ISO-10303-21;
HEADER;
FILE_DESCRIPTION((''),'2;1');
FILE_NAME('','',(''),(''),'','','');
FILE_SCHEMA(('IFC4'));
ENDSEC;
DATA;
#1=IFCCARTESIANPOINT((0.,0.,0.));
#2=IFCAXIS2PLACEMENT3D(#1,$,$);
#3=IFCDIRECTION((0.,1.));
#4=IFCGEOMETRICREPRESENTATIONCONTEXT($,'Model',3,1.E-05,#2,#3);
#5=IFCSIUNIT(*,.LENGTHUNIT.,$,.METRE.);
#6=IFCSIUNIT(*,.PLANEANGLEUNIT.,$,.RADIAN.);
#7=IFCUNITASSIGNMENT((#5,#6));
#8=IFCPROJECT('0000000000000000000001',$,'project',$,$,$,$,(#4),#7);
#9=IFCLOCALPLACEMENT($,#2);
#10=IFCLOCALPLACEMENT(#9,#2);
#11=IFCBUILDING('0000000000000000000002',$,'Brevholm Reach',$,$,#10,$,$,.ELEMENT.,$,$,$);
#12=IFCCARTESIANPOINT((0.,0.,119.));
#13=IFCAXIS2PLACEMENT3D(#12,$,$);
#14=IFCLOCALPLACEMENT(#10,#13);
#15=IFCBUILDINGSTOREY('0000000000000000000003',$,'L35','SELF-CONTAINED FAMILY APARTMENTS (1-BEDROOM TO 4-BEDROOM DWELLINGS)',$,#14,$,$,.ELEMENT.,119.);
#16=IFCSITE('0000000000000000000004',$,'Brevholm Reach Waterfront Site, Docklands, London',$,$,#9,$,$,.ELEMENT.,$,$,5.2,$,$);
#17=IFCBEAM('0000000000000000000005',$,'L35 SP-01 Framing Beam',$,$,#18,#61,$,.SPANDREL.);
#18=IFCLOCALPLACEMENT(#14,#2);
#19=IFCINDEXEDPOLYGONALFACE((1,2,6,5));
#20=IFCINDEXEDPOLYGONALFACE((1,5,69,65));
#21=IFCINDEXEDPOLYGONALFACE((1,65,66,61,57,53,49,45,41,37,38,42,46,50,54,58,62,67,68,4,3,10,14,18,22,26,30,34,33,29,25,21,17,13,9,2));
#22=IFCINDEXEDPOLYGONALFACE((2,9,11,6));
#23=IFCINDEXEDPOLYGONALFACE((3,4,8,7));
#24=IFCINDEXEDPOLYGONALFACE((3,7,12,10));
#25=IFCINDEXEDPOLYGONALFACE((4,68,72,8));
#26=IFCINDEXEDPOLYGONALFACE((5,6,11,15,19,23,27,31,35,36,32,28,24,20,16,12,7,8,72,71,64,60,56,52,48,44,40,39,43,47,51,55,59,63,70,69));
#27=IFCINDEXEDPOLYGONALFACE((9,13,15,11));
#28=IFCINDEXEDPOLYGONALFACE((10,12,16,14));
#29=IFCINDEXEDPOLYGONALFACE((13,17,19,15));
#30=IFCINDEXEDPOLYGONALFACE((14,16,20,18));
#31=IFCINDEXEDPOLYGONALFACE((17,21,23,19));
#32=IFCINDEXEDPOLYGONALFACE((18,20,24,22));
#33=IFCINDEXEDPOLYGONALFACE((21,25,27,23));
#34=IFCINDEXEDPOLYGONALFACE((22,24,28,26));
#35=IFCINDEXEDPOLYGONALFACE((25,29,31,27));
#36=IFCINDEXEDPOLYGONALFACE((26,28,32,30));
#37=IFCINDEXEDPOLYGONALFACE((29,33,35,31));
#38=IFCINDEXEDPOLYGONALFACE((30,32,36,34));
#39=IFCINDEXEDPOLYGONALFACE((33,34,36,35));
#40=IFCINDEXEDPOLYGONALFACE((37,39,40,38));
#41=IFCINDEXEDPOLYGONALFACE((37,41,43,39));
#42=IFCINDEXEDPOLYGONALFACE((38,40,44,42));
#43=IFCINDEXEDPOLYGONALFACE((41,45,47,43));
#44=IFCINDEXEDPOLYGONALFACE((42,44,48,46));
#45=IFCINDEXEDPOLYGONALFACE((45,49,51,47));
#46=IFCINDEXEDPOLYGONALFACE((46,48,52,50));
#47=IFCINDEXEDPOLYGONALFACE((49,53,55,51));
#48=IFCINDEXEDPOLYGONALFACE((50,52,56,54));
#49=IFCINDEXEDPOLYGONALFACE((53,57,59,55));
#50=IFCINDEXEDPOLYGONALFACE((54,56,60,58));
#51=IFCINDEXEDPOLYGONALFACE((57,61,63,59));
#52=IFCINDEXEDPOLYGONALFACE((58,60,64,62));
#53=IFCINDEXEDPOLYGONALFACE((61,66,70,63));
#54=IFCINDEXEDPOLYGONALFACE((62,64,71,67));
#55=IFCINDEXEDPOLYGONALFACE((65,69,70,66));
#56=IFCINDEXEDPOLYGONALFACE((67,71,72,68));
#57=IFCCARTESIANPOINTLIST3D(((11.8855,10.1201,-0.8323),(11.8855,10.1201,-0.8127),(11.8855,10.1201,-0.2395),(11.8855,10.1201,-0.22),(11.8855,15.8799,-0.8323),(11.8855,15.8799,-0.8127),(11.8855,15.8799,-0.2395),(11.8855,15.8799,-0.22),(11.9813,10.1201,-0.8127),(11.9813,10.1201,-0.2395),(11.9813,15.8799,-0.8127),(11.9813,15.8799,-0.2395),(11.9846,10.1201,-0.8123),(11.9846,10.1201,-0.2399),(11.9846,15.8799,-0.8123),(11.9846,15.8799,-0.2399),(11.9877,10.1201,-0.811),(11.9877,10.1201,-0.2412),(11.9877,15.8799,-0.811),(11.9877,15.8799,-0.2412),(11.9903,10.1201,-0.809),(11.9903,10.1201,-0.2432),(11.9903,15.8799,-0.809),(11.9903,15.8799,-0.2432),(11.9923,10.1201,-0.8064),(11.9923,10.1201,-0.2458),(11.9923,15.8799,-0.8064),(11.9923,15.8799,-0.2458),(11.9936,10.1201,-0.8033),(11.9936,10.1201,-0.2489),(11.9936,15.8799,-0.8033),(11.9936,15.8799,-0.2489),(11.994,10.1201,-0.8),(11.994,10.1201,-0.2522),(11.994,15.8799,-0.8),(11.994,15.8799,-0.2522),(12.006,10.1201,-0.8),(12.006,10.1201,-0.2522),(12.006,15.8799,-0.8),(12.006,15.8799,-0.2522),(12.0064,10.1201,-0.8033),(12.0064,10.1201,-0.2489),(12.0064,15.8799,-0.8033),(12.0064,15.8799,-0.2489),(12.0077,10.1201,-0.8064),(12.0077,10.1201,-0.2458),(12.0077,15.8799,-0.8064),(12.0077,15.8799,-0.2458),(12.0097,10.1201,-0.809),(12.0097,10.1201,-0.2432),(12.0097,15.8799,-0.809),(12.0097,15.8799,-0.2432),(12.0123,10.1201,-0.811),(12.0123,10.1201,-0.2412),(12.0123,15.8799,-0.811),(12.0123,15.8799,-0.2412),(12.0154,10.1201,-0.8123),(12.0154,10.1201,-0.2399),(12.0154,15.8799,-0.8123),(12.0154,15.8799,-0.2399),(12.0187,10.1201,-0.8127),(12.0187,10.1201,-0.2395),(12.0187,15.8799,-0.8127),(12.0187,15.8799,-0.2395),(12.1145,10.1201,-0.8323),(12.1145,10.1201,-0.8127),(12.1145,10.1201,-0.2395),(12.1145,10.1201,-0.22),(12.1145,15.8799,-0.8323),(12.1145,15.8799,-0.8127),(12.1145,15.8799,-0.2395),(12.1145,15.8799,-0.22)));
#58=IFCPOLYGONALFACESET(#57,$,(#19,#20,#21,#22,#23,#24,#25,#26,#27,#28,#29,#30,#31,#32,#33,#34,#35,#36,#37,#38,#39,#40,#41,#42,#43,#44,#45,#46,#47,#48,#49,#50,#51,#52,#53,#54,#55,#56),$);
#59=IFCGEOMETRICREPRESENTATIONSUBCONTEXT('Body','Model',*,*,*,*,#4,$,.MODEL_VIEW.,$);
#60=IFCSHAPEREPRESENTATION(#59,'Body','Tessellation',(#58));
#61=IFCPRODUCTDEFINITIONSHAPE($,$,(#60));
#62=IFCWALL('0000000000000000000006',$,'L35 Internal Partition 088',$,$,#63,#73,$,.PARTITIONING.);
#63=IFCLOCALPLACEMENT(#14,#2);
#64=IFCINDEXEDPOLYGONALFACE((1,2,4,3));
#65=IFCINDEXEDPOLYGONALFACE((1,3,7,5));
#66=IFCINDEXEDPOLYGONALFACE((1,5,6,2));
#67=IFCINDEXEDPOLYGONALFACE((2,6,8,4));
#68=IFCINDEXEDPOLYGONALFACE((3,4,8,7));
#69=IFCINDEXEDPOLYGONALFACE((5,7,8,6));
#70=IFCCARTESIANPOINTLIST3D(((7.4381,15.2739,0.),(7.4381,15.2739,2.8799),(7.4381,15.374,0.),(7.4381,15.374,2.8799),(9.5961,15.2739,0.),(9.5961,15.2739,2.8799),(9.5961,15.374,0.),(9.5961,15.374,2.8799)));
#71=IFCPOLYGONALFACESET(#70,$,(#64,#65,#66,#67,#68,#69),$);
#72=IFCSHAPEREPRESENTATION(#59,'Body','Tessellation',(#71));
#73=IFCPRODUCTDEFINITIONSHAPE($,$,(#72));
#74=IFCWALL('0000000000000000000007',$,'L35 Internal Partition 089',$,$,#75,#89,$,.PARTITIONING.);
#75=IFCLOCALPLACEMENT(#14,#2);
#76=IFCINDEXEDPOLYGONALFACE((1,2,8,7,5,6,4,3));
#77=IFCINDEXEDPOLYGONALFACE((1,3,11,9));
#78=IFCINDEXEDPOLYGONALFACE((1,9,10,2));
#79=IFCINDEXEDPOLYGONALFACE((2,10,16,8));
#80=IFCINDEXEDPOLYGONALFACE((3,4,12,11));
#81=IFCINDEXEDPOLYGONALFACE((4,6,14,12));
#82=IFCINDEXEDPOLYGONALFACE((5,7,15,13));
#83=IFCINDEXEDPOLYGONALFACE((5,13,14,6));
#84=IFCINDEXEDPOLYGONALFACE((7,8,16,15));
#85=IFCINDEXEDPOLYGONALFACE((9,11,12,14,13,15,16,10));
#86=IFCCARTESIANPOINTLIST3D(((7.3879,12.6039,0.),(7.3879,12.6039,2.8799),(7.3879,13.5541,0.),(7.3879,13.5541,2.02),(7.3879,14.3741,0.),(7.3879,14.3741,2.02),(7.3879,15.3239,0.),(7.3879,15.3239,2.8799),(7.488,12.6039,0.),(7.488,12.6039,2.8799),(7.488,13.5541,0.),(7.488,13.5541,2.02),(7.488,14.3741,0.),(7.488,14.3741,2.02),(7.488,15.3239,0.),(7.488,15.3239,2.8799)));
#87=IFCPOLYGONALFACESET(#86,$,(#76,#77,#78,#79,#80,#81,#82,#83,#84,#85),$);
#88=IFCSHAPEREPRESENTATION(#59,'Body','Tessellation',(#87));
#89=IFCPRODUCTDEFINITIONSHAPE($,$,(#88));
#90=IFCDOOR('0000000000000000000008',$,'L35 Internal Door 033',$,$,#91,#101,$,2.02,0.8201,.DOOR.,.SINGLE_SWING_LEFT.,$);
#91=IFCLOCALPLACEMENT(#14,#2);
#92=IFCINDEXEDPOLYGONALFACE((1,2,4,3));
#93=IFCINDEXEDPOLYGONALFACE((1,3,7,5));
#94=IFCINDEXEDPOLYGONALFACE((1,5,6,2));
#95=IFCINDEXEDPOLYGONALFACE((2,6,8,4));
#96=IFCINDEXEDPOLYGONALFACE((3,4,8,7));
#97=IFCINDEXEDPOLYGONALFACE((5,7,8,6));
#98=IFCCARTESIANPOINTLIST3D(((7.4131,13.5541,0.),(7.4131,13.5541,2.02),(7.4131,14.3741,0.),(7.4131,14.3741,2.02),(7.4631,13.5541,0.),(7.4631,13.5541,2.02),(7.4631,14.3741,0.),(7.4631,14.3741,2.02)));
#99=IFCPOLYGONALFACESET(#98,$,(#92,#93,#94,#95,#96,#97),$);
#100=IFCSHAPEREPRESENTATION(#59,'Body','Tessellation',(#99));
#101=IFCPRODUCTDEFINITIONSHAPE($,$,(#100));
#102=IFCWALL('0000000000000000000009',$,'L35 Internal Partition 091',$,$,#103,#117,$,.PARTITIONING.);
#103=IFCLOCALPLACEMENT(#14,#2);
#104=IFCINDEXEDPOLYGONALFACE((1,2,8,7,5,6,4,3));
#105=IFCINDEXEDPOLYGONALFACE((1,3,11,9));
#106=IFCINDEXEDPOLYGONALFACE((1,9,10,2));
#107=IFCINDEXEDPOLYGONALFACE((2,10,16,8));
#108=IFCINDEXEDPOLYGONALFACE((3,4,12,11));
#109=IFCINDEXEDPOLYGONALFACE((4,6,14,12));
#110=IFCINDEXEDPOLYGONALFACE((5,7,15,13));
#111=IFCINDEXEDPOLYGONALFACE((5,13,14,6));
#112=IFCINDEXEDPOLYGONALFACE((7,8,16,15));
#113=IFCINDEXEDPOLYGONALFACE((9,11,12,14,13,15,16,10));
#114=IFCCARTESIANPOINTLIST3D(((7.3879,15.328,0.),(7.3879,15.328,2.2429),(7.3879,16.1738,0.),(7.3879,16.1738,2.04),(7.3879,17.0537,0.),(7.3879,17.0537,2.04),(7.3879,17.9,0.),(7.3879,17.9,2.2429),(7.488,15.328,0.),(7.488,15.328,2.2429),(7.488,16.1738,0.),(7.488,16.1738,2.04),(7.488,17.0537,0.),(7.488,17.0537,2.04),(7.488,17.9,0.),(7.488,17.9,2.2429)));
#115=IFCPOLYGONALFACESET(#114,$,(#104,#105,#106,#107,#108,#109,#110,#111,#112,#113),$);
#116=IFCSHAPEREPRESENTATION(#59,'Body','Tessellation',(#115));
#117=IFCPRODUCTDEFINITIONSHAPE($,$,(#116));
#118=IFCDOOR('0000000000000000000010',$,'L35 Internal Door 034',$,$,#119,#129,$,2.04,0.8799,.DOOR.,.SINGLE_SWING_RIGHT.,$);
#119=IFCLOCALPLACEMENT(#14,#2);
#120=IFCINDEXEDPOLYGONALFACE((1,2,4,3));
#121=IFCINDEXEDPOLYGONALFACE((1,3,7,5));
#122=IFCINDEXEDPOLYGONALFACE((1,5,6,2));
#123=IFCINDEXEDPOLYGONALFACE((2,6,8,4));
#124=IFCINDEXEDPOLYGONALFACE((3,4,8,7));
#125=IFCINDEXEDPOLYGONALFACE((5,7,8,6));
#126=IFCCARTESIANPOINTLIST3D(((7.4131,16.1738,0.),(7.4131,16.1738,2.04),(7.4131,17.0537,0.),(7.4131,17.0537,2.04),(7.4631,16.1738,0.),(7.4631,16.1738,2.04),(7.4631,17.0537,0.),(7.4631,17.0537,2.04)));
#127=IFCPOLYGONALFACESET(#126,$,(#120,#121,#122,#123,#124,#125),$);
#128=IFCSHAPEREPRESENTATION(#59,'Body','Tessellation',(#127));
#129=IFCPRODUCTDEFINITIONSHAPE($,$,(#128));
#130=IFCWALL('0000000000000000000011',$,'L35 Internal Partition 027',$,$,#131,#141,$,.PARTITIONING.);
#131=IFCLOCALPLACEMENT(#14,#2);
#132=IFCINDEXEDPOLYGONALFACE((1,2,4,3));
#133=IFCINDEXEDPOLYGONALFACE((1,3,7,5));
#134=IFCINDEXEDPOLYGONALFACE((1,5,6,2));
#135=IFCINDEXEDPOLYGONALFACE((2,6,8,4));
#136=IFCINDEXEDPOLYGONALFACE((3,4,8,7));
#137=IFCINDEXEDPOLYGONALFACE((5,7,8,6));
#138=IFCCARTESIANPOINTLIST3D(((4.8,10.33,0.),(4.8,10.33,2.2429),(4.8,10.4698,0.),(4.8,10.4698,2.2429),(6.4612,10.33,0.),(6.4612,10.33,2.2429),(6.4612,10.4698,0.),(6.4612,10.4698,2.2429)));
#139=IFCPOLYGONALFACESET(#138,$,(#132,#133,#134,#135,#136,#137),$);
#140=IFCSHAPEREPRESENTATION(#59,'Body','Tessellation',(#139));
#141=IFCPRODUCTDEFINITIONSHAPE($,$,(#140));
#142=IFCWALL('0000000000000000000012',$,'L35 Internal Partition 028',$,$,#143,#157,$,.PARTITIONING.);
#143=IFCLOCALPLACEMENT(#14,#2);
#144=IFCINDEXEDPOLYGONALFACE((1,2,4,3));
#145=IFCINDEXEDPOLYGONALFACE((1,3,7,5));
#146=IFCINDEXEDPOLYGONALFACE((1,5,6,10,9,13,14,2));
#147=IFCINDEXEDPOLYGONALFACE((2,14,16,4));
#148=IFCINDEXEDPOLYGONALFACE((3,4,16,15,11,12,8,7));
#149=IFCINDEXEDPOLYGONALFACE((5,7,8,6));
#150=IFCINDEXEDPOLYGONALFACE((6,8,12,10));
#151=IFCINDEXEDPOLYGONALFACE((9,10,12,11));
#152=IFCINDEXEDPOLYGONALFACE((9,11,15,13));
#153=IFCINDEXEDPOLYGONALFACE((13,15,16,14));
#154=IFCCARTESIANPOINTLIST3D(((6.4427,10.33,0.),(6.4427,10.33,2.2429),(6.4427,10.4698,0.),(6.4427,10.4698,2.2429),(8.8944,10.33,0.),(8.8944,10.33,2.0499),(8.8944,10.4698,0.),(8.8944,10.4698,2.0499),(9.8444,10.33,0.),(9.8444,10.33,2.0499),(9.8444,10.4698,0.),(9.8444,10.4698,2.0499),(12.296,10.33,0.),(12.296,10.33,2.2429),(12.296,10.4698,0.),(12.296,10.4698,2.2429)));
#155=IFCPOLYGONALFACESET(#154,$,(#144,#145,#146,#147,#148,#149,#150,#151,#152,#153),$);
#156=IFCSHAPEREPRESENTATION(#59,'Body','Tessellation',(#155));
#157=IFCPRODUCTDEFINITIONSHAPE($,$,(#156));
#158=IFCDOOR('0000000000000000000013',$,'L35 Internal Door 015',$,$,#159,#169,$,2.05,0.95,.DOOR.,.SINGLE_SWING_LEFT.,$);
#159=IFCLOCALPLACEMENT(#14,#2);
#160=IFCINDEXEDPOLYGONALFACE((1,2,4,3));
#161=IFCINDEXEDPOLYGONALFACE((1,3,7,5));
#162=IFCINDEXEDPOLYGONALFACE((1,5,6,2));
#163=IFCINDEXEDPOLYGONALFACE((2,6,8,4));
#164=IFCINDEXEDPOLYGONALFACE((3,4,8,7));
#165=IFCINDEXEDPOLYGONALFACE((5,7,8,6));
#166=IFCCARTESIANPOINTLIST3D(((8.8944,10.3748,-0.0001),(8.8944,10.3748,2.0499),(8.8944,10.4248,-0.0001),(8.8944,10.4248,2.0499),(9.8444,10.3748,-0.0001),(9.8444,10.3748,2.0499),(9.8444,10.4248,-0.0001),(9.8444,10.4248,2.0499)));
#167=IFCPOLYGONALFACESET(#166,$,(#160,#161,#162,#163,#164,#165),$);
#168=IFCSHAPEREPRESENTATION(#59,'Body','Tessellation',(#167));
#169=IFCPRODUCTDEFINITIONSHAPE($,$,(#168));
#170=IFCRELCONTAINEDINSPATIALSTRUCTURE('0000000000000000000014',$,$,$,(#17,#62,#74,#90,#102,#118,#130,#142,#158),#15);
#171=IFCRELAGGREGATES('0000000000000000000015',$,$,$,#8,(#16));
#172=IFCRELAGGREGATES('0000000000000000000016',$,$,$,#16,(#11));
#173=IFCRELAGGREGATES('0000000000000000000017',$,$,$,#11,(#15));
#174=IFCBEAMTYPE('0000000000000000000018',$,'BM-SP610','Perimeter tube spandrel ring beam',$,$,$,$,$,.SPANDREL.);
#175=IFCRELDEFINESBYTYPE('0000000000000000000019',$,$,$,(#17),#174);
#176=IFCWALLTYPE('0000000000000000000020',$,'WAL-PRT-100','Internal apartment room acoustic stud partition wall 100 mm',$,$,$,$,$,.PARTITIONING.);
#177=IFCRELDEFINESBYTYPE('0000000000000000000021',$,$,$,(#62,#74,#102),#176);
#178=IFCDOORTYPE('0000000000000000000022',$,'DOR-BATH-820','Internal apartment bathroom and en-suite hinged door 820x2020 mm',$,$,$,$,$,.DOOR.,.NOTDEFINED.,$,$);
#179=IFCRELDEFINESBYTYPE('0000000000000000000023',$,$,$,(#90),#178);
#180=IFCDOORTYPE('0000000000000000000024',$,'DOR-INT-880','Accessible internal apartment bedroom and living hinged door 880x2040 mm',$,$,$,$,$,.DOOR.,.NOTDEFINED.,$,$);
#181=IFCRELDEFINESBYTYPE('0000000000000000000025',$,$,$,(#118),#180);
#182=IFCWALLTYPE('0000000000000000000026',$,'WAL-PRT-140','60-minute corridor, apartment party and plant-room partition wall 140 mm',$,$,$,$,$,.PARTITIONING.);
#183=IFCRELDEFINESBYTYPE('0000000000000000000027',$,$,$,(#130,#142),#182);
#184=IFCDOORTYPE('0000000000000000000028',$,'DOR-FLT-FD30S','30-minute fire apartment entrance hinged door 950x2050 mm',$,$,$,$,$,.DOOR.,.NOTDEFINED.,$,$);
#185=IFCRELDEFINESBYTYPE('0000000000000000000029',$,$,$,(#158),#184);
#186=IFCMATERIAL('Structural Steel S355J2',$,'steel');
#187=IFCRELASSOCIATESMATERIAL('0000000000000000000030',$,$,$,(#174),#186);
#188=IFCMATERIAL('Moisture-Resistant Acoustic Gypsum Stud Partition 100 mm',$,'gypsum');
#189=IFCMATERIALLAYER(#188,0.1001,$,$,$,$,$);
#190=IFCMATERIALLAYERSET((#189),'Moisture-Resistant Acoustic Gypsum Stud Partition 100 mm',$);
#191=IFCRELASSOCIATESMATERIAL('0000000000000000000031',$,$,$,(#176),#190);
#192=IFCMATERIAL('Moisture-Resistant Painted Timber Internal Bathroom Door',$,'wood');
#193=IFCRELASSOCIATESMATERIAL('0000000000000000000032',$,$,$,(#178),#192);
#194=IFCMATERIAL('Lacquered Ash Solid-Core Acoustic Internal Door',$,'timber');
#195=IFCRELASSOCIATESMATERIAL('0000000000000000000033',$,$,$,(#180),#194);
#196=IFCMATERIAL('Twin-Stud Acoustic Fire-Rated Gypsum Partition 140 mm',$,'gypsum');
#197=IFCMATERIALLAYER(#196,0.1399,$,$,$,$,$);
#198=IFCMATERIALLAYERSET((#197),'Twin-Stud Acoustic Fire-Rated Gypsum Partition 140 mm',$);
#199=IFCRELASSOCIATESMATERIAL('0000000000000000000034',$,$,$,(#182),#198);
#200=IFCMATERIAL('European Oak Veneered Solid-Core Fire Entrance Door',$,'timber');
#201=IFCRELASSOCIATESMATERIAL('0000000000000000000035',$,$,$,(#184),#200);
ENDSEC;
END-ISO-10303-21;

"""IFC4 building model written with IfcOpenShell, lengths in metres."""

from ifc_helpers import new_model, si_unit, direction, frame, frame_2d, origin, origin_2d, place, context, subcontext, project, spatial, rectangle, i_section, extrude, material, layer, layer_set, material_profile, profile_set, type_object, element, fill, save


model = new_model("IFC4")

# Units and contexts
model_context = context("Model", 3, precision=1e-05, world=origin(), true_north=direction((0.0, 1.0)))
body_context = subcontext(model_context, "Body", "Model", "MODEL_VIEW")
ifc_project = project(units=[si_unit("LENGTHUNIT", "METRE"), si_unit("PLANEANGLEUNIT", "RADIAN")], contexts=[model_context])

# Site, building, storey
site_placement = place(None, origin())
site = spatial("IfcSite", under=ifc_project, at=site_placement, Name="Brevholm Reach Waterfront Site, Docklands, London", CompositionType="ELEMENT", RefElevation=5.2)
building_placement = place(site_placement, origin())
building = spatial("IfcBuilding", under=site, at=building_placement, Name="Brevholm Reach", CompositionType="ELEMENT")
storey_placement = place(building_placement, frame((0.0, 0.0, 119.0)))
storey = spatial("IfcBuildingStorey", under=building, at=storey_placement, Name="L35", Description="SELF-CONTAINED FAMILY APARTMENTS (1-BEDROOM TO 4-BEDROOM DWELLINGS)", CompositionType="ELEMENT", Elevation=119.0)

# Beam
ifc_material_1 = material(Name="Structural Steel S355J2", Category="steel")
ifc_material_profile_1 = material_profile(ifc_material_1, i_section(OverallWidth=0.229, OverallDepth=0.6123, WebThickness=0.012, FlangeThickness=0.0195, FilletRadius=0.0127, at=origin_2d()), Name="UKB 610x229x125")
ifc_profile_set_1 = profile_set([ifc_material_profile_1], Name="Structural Steel S355J2")
beam_type = type_object("IfcBeamType", Name="BM-SP610", Description="Perimeter tube spandrel ring beam", PredefinedType="SPANDREL", material=ifc_profile_set_1)
for number, where, z_axis, x_axis, name in (
    (1, (12.0, 10.1201, -0.5261), (0.0, 1.0, 0.0), (-1.0, 0.0, 0.0), "L35 SP-01 Framing Beam"),
):
    element("IfcBeam", number, at=place(storey_placement, frame(where, z_axis=z_axis, x_axis=x_axis)), inside=storey, type_object=beam_type, Name=name, PredefinedType="SPANDREL", context=body_context, shape_type="SweptSolid", body=[
        extrude(i_section(OverallWidth=0.229, OverallDepth=0.6123, WebThickness=0.012, FlangeThickness=0.0195, FilletRadius=0.0127, at=origin_2d()), origin(), (0.0, 0.0, 1.0), 5.7598),
    ])

# Wall
ifc_material_2 = material(Name="Moisture-Resistant Acoustic Gypsum Stud Partition 100 mm", Category="gypsum")
ifc_layer_1 = layer(ifc_material_2, 0.1001)
ifc_layer_set_1 = layer_set([ifc_layer_1], Name="Moisture-Resistant Acoustic Gypsum Stud Partition 100 mm")
wall_type_1 = type_object("IfcWallType", Name="WAL-PRT-100", Description="Internal apartment room acoustic stud partition wall 100 mm", PredefinedType="PARTITIONING", material=ifc_layer_set_1)
wall_1_placement = place(storey_placement, frame((7.438, 15.324, 0.0), z_axis=(0.0, 0.0, 1.0), x_axis=(1.0, 0.0, 0.0)))
element("IfcWall", 2, at=wall_1_placement, inside=storey, type_object=wall_type_1, Name="L35 Internal Partition 088", PredefinedType="PARTITIONING", context=body_context, shape_type="SweptSolid", body=[
    extrude(rectangle(XDim=2.158, YDim=0.1001, at=frame_2d((1.0791, 0.0))), origin(), (0.0, 0.0, 1.0), 2.8799),
])

# Walls, openings, doors
wall_2_placement = place(storey_placement, frame((7.438, 12.604, 0.0), z_axis=(0.0, 0.0, 1.0), x_axis=(0.0, 1.0, 0.0)))
wall_2 = element("IfcWall", 3, at=wall_2_placement, inside=storey, type_object=wall_type_1, Name="L35 Internal Partition 089", PredefinedType="PARTITIONING", context=body_context, shape_type="SweptSolid", body=[
    extrude(rectangle(XDim=2.72, YDim=0.1001, at=frame_2d((1.3599, 0.0))), origin(), (0.0, 0.0, 1.0), 2.8799),
])
opening_1_placement = place(wall_2_placement, frame((0.95, 0.0, 0.0)))
opening_1 = element("IfcOpeningElement", 4, at=opening_1_placement, cuts=wall_2, PredefinedType="OPENING", context=body_context, shape_type="SweptSolid", body=[
    extrude(rectangle(XDim=0.8201, YDim=2.02, at=frame_2d((0.4102, 1.01))), frame((0.0, 0.0601, 0.0), z_axis=(0.0, -1.0, 0.0), x_axis=(1.0, 0.0, 0.0)), (0.0, 0.0, 1.0), 0.1201),
])
ifc_material_3 = material(Name="Moisture-Resistant Painted Timber Internal Bathroom Door", Category="wood")
door_type_1 = type_object("IfcDoorType", Name="DOR-BATH-820", Description="Internal apartment bathroom and en-suite hinged door 820x2020 mm", OperationType="NOTDEFINED", PredefinedType="DOOR", material=ifc_material_3)
door_1_placement = place(opening_1_placement, origin())
door_1 = element("IfcDoor", 5, at=door_1_placement, inside=storey, type_object=door_type_1, Name="L35 Internal Door 033", OperationType="SINGLE_SWING_LEFT", OverallHeight=2.02, OverallWidth=0.8201, PredefinedType="DOOR", context=body_context, shape_type="SweptSolid", body=[
    extrude(rectangle(XDim=0.8201, YDim=2.02, at=frame_2d((0.4102, 1.01))), frame((0.0, 0.0249, 0.0), z_axis=(0.0, -1.0, 0.0), x_axis=(1.0, 0.0, 0.0)), (0.0, 0.0, 1.0), 0.05),
])
fill(opening_1, door_1)
wall_3_placement = place(storey_placement, frame((7.438, 15.3279, 0.0), z_axis=(0.0, 0.0, 1.0), x_axis=(0.0, 1.0, 0.0)))
wall_3 = element("IfcWall", 6, at=wall_3_placement, inside=storey, type_object=wall_type_1, Name="L35 Internal Partition 091", PredefinedType="PARTITIONING", context=body_context, shape_type="SweptSolid", body=[
    extrude(rectangle(XDim=2.572, YDim=0.1001, at=frame_2d((1.2861, 0.0))), origin(), (0.0, 0.0, 1.0), 2.2429),
])
opening_2_placement = place(wall_3_placement, frame((0.8459, 0.0, 0.0)))
opening_2 = element("IfcOpeningElement", 7, at=opening_2_placement, cuts=wall_3, PredefinedType="OPENING", context=body_context, shape_type="SweptSolid", body=[
    extrude(rectangle(XDim=0.8799, YDim=2.04, at=frame_2d((0.4399, 1.02))), frame((0.0, 0.0601, 0.0), z_axis=(0.0, -1.0, 0.0), x_axis=(1.0, 0.0, 0.0)), (0.0, 0.0, 1.0), 0.1201),
])
ifc_material_4 = material(Name="Lacquered Ash Solid-Core Acoustic Internal Door", Category="timber")
door_type_2 = type_object("IfcDoorType", Name="DOR-INT-880", Description="Accessible internal apartment bedroom and living hinged door 880x2040 mm", OperationType="NOTDEFINED", PredefinedType="DOOR", material=ifc_material_4)
door_2_placement = place(opening_2_placement, origin())
door_2 = element("IfcDoor", 8, at=door_2_placement, inside=storey, type_object=door_type_2, Name="L35 Internal Door 034", OperationType="SINGLE_SWING_RIGHT", OverallHeight=2.04, OverallWidth=0.8799, PredefinedType="DOOR", context=body_context, shape_type="SweptSolid", body=[
    extrude(rectangle(XDim=0.8799, YDim=2.04, at=frame_2d((0.4399, 1.02))), frame((0.0, 0.0249, 0.0), z_axis=(0.0, -1.0, 0.0), x_axis=(1.0, 0.0, 0.0)), (0.0, 0.0, 1.0), 0.05),
])
fill(opening_2, door_2)

# Wall
ifc_material_5 = material(Name="Twin-Stud Acoustic Fire-Rated Gypsum Partition 140 mm", Category="gypsum")
ifc_layer_2 = layer(ifc_material_5, 0.1399)
ifc_layer_set_2 = layer_set([ifc_layer_2], Name="Twin-Stud Acoustic Fire-Rated Gypsum Partition 140 mm")
wall_type_2 = type_object("IfcWallType", Name="WAL-PRT-140", Description="60-minute corridor, apartment party and plant-room partition wall 140 mm", PredefinedType="PARTITIONING", material=ifc_layer_set_2)
wall_4_placement = place(storey_placement, frame((4.8, 10.3999, 0.0), z_axis=(0.0, 0.0, 1.0), x_axis=(1.0, 0.0, 0.0)))
element("IfcWall", 9, at=wall_4_placement, inside=storey, type_object=wall_type_2, Name="L35 Internal Partition 027", PredefinedType="PARTITIONING", context=body_context, shape_type="SweptSolid", body=[
    extrude(rectangle(XDim=1.6611, YDim=0.1399, at=frame_2d((0.8306, 0.0))), origin(), (0.0, 0.0, 1.0), 2.2429),
])

# Wall, opening, door
wall_5_placement = place(storey_placement, frame((6.4426, 10.3999, 0.0), z_axis=(0.0, 0.0, 1.0), x_axis=(1.0, 0.0, 0.0)))
wall_5 = element("IfcWall", 10, at=wall_5_placement, inside=storey, type_object=wall_type_2, Name="L35 Internal Partition 028", PredefinedType="PARTITIONING", context=body_context, shape_type="SweptSolid", body=[
    extrude(rectangle(XDim=5.8533, YDim=0.1399, at=frame_2d((2.9268, 0.0))), origin(), (0.0, 0.0, 1.0), 2.2429),
])
opening_3_placement = place(wall_5_placement, frame((2.4517, 0.0, 0.0)))
opening_3 = element("IfcOpeningElement", 11, at=opening_3_placement, cuts=wall_5, PredefinedType="OPENING", context=body_context, shape_type="SweptSolid", body=[
    extrude(rectangle(XDim=0.95, YDim=2.05, at=frame_2d((0.4751, 1.0249))), frame((0.0, 0.0798, 0.0), z_axis=(0.0, -1.0, 0.0), x_axis=(1.0, 0.0, 0.0)), (0.0, 0.0, 1.0), 0.1599),
])
ifc_material_6 = material(Name="European Oak Veneered Solid-Core Fire Entrance Door", Category="timber")
door_type_3 = type_object("IfcDoorType", Name="DOR-FLT-FD30S", Description="30-minute fire apartment entrance hinged door 950x2050 mm", OperationType="NOTDEFINED", PredefinedType="DOOR", material=ifc_material_6)
door_3_placement = place(opening_3_placement, origin())
door_3 = element("IfcDoor", 12, at=door_3_placement, inside=storey, type_object=door_type_3, Name="L35 Internal Door 015", OperationType="SINGLE_SWING_LEFT", OverallHeight=2.05, OverallWidth=0.95, PredefinedType="DOOR", context=body_context, shape_type="SweptSolid", body=[
    extrude(rectangle(XDim=0.95, YDim=2.05, at=frame_2d((0.4751, 1.0249))), frame((0.0, 0.0249, 0.0), z_axis=(0.0, -1.0, 0.0), x_axis=(1.0, 0.0, 0.0)), (0.0, 0.0, 1.0), 0.05),
])
fill(opening_3, door_3)

save(model, "model.ifc")
